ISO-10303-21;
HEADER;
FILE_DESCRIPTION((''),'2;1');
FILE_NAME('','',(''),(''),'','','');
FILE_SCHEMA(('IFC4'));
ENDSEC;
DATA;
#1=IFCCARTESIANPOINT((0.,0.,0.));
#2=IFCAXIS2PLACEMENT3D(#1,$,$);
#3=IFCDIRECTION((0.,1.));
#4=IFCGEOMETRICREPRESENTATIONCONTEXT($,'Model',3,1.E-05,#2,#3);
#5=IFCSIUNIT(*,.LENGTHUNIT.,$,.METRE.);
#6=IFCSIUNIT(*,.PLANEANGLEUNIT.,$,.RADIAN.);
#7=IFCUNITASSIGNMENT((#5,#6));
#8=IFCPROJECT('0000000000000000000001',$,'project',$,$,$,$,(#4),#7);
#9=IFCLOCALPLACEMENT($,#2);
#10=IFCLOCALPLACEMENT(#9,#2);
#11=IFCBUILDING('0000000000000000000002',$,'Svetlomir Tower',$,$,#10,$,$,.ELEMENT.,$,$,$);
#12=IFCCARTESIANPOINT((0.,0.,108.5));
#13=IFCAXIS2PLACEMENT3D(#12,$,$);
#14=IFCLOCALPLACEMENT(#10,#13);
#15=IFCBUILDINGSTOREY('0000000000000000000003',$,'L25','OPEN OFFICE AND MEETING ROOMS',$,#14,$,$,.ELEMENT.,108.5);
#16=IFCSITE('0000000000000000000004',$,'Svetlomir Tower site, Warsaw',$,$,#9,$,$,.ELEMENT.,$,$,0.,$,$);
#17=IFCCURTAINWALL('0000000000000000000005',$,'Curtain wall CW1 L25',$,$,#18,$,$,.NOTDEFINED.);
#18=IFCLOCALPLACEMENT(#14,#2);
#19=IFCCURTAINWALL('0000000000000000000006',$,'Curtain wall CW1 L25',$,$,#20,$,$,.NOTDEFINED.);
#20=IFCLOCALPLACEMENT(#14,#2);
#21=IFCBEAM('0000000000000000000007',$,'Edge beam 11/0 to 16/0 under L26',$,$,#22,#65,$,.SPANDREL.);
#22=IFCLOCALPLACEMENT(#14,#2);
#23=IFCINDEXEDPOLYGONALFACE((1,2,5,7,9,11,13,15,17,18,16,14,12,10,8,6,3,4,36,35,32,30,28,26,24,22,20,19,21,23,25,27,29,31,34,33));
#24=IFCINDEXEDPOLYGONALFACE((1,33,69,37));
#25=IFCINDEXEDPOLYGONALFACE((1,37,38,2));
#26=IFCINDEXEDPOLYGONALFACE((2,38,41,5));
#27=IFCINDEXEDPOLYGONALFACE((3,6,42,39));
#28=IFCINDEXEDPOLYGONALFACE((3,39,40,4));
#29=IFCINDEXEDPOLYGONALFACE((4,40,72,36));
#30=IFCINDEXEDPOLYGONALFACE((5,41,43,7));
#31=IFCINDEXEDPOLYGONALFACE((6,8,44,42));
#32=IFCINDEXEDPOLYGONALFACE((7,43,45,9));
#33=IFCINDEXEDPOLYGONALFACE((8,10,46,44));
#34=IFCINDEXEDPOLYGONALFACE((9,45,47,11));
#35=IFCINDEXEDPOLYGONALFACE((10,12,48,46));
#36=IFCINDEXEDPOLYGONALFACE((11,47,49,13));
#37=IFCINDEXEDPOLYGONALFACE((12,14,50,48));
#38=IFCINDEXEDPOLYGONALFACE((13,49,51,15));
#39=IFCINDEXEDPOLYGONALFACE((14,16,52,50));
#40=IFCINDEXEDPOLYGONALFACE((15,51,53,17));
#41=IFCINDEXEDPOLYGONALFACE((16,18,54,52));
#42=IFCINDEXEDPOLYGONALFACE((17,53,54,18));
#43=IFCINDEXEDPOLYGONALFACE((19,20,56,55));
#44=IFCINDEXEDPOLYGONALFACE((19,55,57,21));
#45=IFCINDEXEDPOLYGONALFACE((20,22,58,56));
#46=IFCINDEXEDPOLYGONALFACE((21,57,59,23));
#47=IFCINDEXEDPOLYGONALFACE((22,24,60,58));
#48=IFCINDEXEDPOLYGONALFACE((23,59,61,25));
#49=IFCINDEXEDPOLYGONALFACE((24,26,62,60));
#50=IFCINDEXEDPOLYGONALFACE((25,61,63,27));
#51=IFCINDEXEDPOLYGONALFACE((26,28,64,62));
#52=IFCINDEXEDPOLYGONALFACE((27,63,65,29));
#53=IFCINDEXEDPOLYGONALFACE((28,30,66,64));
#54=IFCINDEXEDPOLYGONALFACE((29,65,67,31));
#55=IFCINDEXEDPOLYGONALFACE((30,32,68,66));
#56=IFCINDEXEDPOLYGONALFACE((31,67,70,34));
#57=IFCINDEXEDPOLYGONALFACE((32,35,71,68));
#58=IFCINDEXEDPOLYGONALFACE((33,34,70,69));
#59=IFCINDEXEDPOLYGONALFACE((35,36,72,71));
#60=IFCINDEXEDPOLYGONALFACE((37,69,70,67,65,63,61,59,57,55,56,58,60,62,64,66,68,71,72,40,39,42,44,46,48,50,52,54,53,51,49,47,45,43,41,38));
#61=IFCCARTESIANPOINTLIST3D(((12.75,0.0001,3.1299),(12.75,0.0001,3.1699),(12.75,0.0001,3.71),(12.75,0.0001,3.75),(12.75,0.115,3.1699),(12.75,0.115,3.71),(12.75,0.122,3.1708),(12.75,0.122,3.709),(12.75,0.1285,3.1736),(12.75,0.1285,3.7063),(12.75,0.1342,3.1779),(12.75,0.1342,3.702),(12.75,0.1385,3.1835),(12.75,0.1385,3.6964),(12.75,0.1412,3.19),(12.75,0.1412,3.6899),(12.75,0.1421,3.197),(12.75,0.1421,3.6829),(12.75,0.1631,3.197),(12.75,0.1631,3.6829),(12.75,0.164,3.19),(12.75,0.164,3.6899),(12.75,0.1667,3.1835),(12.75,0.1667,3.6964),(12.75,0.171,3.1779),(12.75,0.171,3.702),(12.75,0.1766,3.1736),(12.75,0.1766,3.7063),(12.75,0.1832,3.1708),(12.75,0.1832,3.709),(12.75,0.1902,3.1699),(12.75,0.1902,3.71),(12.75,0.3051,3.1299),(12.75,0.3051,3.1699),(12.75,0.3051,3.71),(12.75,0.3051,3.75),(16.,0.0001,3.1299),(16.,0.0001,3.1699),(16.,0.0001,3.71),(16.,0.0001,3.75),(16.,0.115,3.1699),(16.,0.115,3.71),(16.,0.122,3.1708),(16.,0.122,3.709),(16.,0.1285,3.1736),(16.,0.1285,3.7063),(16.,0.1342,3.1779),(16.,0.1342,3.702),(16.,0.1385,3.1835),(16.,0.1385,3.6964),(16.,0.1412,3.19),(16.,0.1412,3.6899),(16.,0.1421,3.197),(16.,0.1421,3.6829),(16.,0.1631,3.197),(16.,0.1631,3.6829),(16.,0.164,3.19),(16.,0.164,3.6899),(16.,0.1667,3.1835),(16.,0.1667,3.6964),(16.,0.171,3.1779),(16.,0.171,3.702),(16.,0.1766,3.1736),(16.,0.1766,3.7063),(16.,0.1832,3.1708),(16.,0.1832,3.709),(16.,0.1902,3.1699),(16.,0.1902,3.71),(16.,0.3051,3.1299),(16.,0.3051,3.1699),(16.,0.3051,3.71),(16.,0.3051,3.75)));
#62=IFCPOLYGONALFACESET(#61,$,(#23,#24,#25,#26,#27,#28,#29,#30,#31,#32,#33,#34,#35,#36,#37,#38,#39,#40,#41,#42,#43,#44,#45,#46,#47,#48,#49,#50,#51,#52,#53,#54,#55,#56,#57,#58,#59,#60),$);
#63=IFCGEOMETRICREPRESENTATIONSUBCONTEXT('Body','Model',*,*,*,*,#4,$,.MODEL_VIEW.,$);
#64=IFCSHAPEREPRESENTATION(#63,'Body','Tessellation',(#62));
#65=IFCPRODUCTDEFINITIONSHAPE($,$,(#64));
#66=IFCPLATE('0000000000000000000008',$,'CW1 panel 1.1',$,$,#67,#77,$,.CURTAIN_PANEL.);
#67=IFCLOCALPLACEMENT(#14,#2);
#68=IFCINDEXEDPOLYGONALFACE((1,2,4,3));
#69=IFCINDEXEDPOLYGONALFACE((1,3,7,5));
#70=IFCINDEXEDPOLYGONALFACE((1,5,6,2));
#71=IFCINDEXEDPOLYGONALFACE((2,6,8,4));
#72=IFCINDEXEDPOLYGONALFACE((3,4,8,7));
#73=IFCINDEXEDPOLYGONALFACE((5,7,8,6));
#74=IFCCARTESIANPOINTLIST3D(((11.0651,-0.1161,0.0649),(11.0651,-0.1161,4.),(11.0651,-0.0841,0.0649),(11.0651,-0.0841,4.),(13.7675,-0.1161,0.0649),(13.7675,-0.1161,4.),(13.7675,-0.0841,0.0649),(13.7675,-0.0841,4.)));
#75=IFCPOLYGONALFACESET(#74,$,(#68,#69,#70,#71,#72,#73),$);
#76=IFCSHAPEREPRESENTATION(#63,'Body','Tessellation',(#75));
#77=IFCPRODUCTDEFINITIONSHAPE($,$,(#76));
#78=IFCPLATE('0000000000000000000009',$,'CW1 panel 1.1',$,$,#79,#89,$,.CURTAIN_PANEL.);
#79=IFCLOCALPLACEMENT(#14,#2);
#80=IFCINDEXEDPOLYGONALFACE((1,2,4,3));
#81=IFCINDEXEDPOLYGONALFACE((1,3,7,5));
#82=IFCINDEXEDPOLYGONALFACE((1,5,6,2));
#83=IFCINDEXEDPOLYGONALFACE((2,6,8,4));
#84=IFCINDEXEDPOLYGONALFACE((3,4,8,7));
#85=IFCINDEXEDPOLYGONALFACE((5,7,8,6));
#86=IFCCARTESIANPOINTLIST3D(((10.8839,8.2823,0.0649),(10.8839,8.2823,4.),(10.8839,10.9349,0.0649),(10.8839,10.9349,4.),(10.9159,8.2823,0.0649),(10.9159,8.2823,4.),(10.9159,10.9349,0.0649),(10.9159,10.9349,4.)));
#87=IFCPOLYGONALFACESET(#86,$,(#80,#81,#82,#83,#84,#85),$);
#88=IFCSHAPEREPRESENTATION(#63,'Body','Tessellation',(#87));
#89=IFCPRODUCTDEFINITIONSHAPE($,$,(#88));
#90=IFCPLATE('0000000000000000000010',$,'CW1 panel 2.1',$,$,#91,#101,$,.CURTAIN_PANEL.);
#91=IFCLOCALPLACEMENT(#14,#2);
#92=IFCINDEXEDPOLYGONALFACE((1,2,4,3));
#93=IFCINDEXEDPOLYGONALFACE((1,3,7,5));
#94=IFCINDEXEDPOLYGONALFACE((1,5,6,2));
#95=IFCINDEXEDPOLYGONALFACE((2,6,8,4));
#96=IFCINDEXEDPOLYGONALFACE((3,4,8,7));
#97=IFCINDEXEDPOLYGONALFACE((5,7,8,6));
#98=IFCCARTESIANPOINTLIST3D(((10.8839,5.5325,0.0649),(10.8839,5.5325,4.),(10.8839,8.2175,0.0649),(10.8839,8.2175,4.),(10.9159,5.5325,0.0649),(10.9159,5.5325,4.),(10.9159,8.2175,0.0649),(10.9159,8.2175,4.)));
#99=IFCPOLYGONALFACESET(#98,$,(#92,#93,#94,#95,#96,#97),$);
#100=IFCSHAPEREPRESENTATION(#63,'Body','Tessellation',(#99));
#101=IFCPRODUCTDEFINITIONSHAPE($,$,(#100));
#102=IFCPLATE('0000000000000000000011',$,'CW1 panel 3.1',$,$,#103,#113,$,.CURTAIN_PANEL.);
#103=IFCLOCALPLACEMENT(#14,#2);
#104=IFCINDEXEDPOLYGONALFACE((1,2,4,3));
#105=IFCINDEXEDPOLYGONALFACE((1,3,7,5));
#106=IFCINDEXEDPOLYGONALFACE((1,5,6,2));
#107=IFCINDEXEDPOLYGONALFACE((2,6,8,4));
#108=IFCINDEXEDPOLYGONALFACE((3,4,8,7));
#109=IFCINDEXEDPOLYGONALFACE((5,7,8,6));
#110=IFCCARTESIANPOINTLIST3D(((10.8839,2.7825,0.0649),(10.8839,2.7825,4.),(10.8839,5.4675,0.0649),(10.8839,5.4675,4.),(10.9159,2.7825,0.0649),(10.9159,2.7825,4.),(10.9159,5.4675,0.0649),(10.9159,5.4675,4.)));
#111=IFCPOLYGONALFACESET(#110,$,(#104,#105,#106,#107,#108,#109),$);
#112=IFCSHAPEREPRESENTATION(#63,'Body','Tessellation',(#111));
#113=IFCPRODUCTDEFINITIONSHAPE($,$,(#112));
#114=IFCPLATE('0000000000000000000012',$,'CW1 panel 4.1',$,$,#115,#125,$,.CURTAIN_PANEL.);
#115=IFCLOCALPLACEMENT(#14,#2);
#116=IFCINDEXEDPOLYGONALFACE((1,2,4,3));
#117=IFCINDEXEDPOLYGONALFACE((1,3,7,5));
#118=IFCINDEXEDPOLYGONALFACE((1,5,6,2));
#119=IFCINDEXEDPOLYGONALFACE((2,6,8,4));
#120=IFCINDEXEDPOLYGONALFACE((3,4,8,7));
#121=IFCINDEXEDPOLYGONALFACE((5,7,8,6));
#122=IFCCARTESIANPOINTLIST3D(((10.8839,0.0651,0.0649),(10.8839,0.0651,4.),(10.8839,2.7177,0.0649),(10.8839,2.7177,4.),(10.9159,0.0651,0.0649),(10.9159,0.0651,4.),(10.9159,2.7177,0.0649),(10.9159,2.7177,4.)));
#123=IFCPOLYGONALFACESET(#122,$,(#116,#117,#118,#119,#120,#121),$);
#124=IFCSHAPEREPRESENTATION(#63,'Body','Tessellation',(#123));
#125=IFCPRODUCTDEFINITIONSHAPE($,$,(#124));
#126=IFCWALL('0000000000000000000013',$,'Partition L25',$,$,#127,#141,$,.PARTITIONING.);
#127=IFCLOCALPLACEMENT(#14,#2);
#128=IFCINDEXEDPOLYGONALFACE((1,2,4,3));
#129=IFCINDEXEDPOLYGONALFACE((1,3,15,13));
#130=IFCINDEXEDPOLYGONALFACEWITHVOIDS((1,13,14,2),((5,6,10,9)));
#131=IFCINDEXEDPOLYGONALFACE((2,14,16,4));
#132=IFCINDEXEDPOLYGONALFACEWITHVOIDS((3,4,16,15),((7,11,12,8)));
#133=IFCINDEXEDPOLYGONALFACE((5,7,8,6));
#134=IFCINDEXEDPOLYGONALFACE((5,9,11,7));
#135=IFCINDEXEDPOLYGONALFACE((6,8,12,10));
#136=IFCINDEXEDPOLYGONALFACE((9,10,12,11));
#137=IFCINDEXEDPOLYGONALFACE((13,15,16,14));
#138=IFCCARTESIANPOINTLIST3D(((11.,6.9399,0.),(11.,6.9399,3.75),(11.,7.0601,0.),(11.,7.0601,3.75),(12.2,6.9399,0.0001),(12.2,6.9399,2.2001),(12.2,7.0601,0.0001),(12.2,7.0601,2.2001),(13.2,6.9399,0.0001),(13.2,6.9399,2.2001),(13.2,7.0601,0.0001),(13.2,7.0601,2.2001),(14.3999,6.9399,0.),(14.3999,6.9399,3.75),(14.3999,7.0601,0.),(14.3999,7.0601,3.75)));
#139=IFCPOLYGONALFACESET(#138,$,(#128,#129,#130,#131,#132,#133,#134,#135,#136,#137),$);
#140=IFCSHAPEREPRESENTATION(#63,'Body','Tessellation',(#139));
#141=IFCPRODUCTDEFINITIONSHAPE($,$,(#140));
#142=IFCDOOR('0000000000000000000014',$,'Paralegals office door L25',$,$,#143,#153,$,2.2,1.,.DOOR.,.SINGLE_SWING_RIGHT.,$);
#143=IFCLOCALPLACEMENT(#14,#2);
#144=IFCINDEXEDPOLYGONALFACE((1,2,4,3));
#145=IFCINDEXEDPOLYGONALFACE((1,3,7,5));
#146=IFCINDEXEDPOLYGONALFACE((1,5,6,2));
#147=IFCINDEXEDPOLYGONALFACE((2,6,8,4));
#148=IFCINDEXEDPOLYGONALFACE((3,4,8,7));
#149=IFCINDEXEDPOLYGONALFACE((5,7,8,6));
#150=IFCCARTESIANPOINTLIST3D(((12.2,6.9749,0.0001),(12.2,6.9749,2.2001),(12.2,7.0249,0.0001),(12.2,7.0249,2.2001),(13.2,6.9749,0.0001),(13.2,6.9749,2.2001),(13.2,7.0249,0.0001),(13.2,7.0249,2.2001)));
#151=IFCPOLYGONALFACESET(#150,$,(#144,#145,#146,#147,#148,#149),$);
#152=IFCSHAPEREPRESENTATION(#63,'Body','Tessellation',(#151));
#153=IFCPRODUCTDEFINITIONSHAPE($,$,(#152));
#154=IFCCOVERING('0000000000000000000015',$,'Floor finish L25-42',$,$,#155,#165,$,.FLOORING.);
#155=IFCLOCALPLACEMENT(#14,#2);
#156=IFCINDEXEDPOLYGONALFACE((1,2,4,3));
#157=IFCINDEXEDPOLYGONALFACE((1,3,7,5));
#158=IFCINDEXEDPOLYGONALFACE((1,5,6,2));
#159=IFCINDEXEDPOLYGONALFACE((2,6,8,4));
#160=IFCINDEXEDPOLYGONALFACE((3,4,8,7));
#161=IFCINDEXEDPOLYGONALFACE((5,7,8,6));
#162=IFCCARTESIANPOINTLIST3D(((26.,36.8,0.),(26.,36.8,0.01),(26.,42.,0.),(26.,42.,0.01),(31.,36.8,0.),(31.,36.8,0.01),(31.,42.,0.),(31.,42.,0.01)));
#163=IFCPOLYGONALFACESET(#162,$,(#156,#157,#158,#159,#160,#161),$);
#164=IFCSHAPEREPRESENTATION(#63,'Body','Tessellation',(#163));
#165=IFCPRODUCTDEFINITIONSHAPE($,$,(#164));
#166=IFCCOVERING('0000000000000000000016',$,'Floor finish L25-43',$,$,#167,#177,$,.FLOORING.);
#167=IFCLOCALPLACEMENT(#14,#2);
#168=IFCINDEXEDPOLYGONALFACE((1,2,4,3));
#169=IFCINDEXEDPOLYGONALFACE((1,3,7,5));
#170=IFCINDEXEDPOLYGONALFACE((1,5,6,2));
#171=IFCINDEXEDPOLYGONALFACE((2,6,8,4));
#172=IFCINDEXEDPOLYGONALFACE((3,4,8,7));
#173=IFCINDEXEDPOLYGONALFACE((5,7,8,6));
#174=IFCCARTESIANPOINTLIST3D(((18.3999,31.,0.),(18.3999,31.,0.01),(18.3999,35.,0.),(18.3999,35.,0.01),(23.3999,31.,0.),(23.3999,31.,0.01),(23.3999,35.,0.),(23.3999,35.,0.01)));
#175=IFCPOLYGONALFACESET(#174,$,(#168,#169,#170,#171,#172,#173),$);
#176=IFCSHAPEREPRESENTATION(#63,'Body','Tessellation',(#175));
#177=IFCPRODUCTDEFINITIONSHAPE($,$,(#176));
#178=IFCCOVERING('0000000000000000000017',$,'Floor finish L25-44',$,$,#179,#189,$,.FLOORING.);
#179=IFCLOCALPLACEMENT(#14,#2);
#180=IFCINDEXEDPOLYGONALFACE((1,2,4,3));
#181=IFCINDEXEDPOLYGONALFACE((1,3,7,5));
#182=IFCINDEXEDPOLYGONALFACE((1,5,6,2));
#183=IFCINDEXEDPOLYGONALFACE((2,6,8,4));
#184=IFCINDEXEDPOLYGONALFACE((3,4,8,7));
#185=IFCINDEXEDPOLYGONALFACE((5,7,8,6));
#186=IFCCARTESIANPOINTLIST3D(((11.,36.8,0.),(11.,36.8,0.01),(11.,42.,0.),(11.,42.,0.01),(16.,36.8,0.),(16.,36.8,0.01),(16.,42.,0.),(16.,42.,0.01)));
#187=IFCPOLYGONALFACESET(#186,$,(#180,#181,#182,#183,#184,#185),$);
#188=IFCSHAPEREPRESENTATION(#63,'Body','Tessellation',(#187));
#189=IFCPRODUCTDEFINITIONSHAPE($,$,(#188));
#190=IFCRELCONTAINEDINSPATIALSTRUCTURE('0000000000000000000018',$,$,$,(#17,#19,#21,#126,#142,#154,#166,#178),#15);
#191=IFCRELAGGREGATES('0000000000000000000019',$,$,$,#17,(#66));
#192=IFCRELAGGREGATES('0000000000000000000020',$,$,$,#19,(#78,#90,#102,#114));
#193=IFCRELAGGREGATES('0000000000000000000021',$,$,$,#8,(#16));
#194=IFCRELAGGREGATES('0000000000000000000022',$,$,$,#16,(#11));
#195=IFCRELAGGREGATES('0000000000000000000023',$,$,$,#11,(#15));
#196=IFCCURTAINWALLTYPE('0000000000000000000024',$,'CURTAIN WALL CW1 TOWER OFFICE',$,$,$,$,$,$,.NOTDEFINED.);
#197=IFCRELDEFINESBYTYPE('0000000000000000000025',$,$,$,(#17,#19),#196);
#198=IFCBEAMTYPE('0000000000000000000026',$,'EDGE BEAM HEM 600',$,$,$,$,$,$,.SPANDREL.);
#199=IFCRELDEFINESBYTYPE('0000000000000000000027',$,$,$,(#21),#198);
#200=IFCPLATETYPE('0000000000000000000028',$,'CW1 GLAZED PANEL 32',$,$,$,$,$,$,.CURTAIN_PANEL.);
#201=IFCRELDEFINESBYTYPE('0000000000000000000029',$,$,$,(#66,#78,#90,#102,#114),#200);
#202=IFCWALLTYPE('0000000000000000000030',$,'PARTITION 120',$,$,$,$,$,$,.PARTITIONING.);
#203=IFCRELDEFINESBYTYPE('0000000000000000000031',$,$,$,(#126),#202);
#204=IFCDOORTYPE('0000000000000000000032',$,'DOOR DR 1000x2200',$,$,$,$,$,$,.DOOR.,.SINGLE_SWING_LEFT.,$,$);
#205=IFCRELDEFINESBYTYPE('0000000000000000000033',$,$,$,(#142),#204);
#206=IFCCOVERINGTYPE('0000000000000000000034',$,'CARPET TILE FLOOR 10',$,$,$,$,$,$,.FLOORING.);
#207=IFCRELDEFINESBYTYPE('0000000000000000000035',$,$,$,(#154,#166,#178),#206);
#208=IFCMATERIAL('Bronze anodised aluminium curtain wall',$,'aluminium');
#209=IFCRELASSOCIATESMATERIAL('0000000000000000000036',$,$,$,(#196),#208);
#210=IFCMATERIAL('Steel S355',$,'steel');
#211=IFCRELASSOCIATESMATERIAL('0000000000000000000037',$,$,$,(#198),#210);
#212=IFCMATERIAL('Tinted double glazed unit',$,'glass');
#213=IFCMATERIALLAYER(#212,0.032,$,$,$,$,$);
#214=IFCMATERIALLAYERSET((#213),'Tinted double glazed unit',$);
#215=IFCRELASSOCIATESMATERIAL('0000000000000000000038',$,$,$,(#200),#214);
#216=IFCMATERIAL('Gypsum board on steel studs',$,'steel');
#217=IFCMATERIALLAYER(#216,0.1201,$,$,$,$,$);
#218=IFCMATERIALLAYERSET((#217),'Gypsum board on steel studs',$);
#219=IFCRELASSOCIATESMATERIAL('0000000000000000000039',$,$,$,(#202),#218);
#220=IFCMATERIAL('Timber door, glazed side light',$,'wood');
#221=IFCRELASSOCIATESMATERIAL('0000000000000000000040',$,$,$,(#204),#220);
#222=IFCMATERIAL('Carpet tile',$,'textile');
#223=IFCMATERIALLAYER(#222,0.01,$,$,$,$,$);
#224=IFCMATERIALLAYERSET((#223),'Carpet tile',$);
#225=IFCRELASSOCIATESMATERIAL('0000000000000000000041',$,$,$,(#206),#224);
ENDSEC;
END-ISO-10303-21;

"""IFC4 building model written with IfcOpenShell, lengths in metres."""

from ifc_helpers import new_model, si_unit, direction, frame, frame_2d, origin, origin_2d, place, context, subcontext, project, spatial, polyline, rectangle, i_section, outline, extrude, material, layer, layer_set, material_profile, profile_set, type_object, element, fill, aggregate, save


model = new_model("IFC4")

# Units and contexts
model_context = context("Model", 3, precision=1e-05, world=origin(), true_north=direction((0.0, 1.0)))
body_context = subcontext(model_context, "Body", "Model", "MODEL_VIEW")
ifc_project = project(units=[si_unit("LENGTHUNIT", "METRE"), si_unit("PLANEANGLEUNIT", "RADIAN")], contexts=[model_context])

# Site, building, storey
site_placement = place(None, origin())
site = spatial("IfcSite", under=ifc_project, at=site_placement, Name="Svetlomir Tower site, Warsaw", CompositionType="ELEMENT", RefElevation=0.0)
building_placement = place(site_placement, origin())
building = spatial("IfcBuilding", under=site, at=building_placement, Name="Svetlomir Tower", CompositionType="ELEMENT")
storey_placement = place(building_placement, frame((0.0, 0.0, 108.5)))
storey = spatial("IfcBuildingStorey", under=building, at=storey_placement, Name="L25", Description="OPEN OFFICE AND MEETING ROOMS", CompositionType="ELEMENT", Elevation=108.5)

# Curtain wall
ifc_material_1 = material(Name="Bronze anodised aluminium curtain wall", Category="aluminium")
curtain_wall_type = type_object("IfcCurtainWallType", Name="CURTAIN WALL CW1 TOWER OFFICE", PredefinedType="NOTDEFINED", material=ifc_material_1)
curtain_wall_1_placement = place(storey_placement, origin())
curtain_wall_1 = element("IfcCurtainWall", 1, at=curtain_wall_1_placement, inside=storey, type_object=curtain_wall_type, Name="Curtain wall CW1 L25", PredefinedType="NOTDEFINED")

# Curtain wall
curtain_wall_2_placement = place(storey_placement, origin())
curtain_wall_2 = element("IfcCurtainWall", 2, at=curtain_wall_2_placement, inside=storey, type_object=curtain_wall_type, Name="Curtain wall CW1 L25", PredefinedType="NOTDEFINED")

# Beam
ifc_material_2 = material(Name="Steel S355", Category="steel")
ifc_material_profile_1 = material_profile(ifc_material_2, i_section(OverallWidth=0.3049, OverallDepth=0.6201, WebThickness=0.021, FlangeThickness=0.04, FilletRadius=0.0271, at=origin_2d()), Name="HEM 600")
ifc_profile_set_1 = profile_set([ifc_material_profile_1], Name="Steel S355")
beam_type = type_object("IfcBeamType", Name="EDGE BEAM HEM 600", PredefinedType="SPANDREL", material=ifc_profile_set_1)
beam_placement = place(storey_placement, frame((12.75, 0.1526, 3.4399), z_axis=(1.0, 0.0, 0.0), x_axis=(0.0, 1.0, 0.0)))
element("IfcBeam", 3, at=beam_placement, inside=storey, type_object=beam_type, Name="Edge beam 11/0 to 16/0 under L26", PredefinedType="SPANDREL", context=body_context, shape_type="SweptSolid", body=[
    extrude(i_section(OverallWidth=0.3049, OverallDepth=0.6201, WebThickness=0.021, FlangeThickness=0.04, FilletRadius=0.0271, at=origin_2d()), origin(), (0.0, 0.0, 1.0), 3.25),
])

# Plates
ifc_material_3 = material(Name="Tinted double glazed unit", Category="glass")
ifc_layer_1 = layer(ifc_material_3, 0.032)
ifc_layer_set_1 = layer_set([ifc_layer_1], Name="Tinted double glazed unit")
plate_type = type_object("IfcPlateType", Name="CW1 GLAZED PANEL 32", PredefinedType="CURTAIN_PANEL", material=ifc_layer_set_1)
plate_1_placement = place(storey_placement, frame((12.4163, -0.1001, 0.0649), z_axis=(0.0, 0.0, 1.0), x_axis=(1.0, 0.0, 0.0)))
plate_1 = element("IfcPlate", 4, at=plate_1_placement, type_object=plate_type, Name="CW1 panel 1.1", PredefinedType="CURTAIN_PANEL", context=body_context, shape_type="SweptSolid", body=[
    extrude(rectangle(XDim=2.7024, YDim=0.032, at=origin_2d()), origin(), (0.0, 0.0, 1.0), 3.9351),
])
aggregate(curtain_wall_1, [plate_1])
plate_2_placement = place(storey_placement, frame((10.8999, 9.6086, 0.0649), z_axis=(0.0, 0.0, 1.0), x_axis=(0.0, -1.0, 0.0)))
plate_2 = element("IfcPlate", 5, at=plate_2_placement, type_object=plate_type, Name="CW1 panel 1.1", PredefinedType="CURTAIN_PANEL", context=body_context, shape_type="SweptSolid", body=[
    extrude(rectangle(XDim=2.6526, YDim=0.032, at=origin_2d()), origin(), (0.0, 0.0, 1.0), 3.9351),
])
plate_3_placement = place(storey_placement, frame((10.8999, 6.875, 0.0649), z_axis=(0.0, 0.0, 1.0), x_axis=(0.0, -1.0, 0.0)))
plate_3 = element("IfcPlate", 6, at=plate_3_placement, type_object=plate_type, Name="CW1 panel 2.1", PredefinedType="CURTAIN_PANEL", context=body_context, shape_type="SweptSolid", body=[
    extrude(rectangle(XDim=2.6851, YDim=0.032, at=origin_2d()), origin(), (0.0, 0.0, 1.0), 3.9351),
])
plate_4_placement = place(storey_placement, frame((10.8999, 4.125, 0.0649), z_axis=(0.0, 0.0, 1.0), x_axis=(0.0, -1.0, 0.0)))
plate_4 = element("IfcPlate", 7, at=plate_4_placement, type_object=plate_type, Name="CW1 panel 3.1", PredefinedType="CURTAIN_PANEL", context=body_context, shape_type="SweptSolid", body=[
    extrude(rectangle(XDim=2.6851, YDim=0.032, at=origin_2d()), origin(), (0.0, 0.0, 1.0), 3.9351),
])
plate_5_placement = place(storey_placement, frame((10.8999, 1.3914, 0.0649), z_axis=(0.0, 0.0, 1.0), x_axis=(0.0, -1.0, 0.0)))
plate_5 = element("IfcPlate", 8, at=plate_5_placement, type_object=plate_type, Name="CW1 panel 4.1", PredefinedType="CURTAIN_PANEL", context=body_context, shape_type="SweptSolid", body=[
    extrude(rectangle(XDim=2.6526, YDim=0.032, at=origin_2d()), origin(), (0.0, 0.0, 1.0), 3.9351),
])
aggregate(curtain_wall_2, [plate_2, plate_3, plate_4, plate_5])

# Wall, opening, door
ifc_material_4 = material(Name="Gypsum board on steel studs", Category="steel")
ifc_layer_2 = layer(ifc_material_4, 0.1201)
ifc_layer_set_2 = layer_set([ifc_layer_2], Name="Gypsum board on steel studs")
wall_type = type_object("IfcWallType", Name="PARTITION 120", PredefinedType="PARTITIONING", material=ifc_layer_set_2)
wall_placement = place(storey_placement, frame((11.0, 7.0, 0.0), z_axis=(0.0, 0.0, 1.0), x_axis=(1.0, 0.0, 0.0)))
wall = element("IfcWall", 9, at=wall_placement, inside=storey, type_object=wall_type, Name="Partition L25", PredefinedType="PARTITIONING", context=body_context, shape_type="SweptSolid", body=[
    extrude(rectangle(XDim=3.3999, YDim=0.1201, at=frame_2d((1.7, 0.0))), origin(), (0.0, 0.0, 1.0), 3.75),
])
opening_placement = place(wall_placement, frame((1.2, 0.0, 0.0)))
opening = element("IfcOpeningElement", 10, at=opening_placement, cuts=wall, PredefinedType="OPENING", context=body_context, shape_type="SweptSolid", body=[
    extrude(rectangle(XDim=1.0, YDim=2.2, at=frame_2d((0.5, 1.1001))), frame((0.0, 0.0701, 0.0), z_axis=(0.0, -1.0, 0.0), x_axis=(1.0, 0.0, 0.0)), (0.0, 0.0, 1.0), 0.1401),
])
ifc_material_5 = material(Name="Timber door, glazed side light", Category="wood")
door_type = type_object("IfcDoorType", Name="DOOR DR 1000x2200", OperationType="SINGLE_SWING_LEFT", PredefinedType="DOOR", material=ifc_material_5)
door_placement = place(opening_placement, origin())
door = element("IfcDoor", 11, at=door_placement, inside=storey, type_object=door_type, Name="Paralegals office door L25", OperationType="SINGLE_SWING_RIGHT", OverallHeight=2.2, OverallWidth=1.0, PredefinedType="DOOR", context=body_context, shape_type="SweptSolid", body=[
    extrude(rectangle(XDim=1.0, YDim=2.2, at=frame_2d((0.5, 1.1001))), frame((0.0, 0.0249, 0.0), z_axis=(0.0, -1.0, 0.0), x_axis=(1.0, 0.0, 0.0)), (0.0, 0.0, 1.0), 0.05),
])
fill(opening, door)

# Coverings
ifc_material_6 = material(Name="Carpet tile", Category="textile")
ifc_layer_3 = layer(ifc_material_6, 0.01)
ifc_layer_set_3 = layer_set([ifc_layer_3], Name="Carpet tile")
covering_type_1 = type_object("IfcCoveringType", Name="CARPET TILE FLOOR 10", PredefinedType="FLOORING", material=ifc_layer_set_3)
covering_1_placement = place(storey_placement, origin())
element("IfcCovering", 12, at=covering_1_placement, inside=storey, type_object=covering_type_1, Name="Floor finish L25-42", PredefinedType="FLOORING", context=body_context, shape_type="SweptSolid", body=[
    extrude(outline(polyline([(26.0, 36.8), (26.0, 42.0), (31.0, 42.0), (31.0, 36.8), (26.0, 36.8)])), origin(), (0.0, 0.0, 1.0), 0.01),
])
covering_2_placement = place(storey_placement, origin())
element("IfcCovering", 13, at=covering_2_placement, inside=storey, type_object=covering_type_1, Name="Floor finish L25-43", PredefinedType="FLOORING", context=body_context, shape_type="SweptSolid", body=[
    extrude(outline(polyline([(18.3999, 31.0), (18.3999, 35.0), (23.3999, 35.0), (23.3999, 31.0), (18.3999, 31.0)])), origin(), (0.0, 0.0, 1.0), 0.01),
])
covering_3_placement = place(storey_placement, origin())
element("IfcCovering", 14, at=covering_3_placement, inside=storey, type_object=covering_type_1, Name="Floor finish L25-44", PredefinedType="FLOORING", context=body_context, shape_type="SweptSolid", body=[
    extrude(outline(polyline([(16.0, 42.0), (16.0, 36.8), (11.0, 36.8), (11.0, 42.0), (16.0, 42.0)])), origin(), (0.0, 0.0, 1.0), 0.01),
])

save(model, "model.ifc")
